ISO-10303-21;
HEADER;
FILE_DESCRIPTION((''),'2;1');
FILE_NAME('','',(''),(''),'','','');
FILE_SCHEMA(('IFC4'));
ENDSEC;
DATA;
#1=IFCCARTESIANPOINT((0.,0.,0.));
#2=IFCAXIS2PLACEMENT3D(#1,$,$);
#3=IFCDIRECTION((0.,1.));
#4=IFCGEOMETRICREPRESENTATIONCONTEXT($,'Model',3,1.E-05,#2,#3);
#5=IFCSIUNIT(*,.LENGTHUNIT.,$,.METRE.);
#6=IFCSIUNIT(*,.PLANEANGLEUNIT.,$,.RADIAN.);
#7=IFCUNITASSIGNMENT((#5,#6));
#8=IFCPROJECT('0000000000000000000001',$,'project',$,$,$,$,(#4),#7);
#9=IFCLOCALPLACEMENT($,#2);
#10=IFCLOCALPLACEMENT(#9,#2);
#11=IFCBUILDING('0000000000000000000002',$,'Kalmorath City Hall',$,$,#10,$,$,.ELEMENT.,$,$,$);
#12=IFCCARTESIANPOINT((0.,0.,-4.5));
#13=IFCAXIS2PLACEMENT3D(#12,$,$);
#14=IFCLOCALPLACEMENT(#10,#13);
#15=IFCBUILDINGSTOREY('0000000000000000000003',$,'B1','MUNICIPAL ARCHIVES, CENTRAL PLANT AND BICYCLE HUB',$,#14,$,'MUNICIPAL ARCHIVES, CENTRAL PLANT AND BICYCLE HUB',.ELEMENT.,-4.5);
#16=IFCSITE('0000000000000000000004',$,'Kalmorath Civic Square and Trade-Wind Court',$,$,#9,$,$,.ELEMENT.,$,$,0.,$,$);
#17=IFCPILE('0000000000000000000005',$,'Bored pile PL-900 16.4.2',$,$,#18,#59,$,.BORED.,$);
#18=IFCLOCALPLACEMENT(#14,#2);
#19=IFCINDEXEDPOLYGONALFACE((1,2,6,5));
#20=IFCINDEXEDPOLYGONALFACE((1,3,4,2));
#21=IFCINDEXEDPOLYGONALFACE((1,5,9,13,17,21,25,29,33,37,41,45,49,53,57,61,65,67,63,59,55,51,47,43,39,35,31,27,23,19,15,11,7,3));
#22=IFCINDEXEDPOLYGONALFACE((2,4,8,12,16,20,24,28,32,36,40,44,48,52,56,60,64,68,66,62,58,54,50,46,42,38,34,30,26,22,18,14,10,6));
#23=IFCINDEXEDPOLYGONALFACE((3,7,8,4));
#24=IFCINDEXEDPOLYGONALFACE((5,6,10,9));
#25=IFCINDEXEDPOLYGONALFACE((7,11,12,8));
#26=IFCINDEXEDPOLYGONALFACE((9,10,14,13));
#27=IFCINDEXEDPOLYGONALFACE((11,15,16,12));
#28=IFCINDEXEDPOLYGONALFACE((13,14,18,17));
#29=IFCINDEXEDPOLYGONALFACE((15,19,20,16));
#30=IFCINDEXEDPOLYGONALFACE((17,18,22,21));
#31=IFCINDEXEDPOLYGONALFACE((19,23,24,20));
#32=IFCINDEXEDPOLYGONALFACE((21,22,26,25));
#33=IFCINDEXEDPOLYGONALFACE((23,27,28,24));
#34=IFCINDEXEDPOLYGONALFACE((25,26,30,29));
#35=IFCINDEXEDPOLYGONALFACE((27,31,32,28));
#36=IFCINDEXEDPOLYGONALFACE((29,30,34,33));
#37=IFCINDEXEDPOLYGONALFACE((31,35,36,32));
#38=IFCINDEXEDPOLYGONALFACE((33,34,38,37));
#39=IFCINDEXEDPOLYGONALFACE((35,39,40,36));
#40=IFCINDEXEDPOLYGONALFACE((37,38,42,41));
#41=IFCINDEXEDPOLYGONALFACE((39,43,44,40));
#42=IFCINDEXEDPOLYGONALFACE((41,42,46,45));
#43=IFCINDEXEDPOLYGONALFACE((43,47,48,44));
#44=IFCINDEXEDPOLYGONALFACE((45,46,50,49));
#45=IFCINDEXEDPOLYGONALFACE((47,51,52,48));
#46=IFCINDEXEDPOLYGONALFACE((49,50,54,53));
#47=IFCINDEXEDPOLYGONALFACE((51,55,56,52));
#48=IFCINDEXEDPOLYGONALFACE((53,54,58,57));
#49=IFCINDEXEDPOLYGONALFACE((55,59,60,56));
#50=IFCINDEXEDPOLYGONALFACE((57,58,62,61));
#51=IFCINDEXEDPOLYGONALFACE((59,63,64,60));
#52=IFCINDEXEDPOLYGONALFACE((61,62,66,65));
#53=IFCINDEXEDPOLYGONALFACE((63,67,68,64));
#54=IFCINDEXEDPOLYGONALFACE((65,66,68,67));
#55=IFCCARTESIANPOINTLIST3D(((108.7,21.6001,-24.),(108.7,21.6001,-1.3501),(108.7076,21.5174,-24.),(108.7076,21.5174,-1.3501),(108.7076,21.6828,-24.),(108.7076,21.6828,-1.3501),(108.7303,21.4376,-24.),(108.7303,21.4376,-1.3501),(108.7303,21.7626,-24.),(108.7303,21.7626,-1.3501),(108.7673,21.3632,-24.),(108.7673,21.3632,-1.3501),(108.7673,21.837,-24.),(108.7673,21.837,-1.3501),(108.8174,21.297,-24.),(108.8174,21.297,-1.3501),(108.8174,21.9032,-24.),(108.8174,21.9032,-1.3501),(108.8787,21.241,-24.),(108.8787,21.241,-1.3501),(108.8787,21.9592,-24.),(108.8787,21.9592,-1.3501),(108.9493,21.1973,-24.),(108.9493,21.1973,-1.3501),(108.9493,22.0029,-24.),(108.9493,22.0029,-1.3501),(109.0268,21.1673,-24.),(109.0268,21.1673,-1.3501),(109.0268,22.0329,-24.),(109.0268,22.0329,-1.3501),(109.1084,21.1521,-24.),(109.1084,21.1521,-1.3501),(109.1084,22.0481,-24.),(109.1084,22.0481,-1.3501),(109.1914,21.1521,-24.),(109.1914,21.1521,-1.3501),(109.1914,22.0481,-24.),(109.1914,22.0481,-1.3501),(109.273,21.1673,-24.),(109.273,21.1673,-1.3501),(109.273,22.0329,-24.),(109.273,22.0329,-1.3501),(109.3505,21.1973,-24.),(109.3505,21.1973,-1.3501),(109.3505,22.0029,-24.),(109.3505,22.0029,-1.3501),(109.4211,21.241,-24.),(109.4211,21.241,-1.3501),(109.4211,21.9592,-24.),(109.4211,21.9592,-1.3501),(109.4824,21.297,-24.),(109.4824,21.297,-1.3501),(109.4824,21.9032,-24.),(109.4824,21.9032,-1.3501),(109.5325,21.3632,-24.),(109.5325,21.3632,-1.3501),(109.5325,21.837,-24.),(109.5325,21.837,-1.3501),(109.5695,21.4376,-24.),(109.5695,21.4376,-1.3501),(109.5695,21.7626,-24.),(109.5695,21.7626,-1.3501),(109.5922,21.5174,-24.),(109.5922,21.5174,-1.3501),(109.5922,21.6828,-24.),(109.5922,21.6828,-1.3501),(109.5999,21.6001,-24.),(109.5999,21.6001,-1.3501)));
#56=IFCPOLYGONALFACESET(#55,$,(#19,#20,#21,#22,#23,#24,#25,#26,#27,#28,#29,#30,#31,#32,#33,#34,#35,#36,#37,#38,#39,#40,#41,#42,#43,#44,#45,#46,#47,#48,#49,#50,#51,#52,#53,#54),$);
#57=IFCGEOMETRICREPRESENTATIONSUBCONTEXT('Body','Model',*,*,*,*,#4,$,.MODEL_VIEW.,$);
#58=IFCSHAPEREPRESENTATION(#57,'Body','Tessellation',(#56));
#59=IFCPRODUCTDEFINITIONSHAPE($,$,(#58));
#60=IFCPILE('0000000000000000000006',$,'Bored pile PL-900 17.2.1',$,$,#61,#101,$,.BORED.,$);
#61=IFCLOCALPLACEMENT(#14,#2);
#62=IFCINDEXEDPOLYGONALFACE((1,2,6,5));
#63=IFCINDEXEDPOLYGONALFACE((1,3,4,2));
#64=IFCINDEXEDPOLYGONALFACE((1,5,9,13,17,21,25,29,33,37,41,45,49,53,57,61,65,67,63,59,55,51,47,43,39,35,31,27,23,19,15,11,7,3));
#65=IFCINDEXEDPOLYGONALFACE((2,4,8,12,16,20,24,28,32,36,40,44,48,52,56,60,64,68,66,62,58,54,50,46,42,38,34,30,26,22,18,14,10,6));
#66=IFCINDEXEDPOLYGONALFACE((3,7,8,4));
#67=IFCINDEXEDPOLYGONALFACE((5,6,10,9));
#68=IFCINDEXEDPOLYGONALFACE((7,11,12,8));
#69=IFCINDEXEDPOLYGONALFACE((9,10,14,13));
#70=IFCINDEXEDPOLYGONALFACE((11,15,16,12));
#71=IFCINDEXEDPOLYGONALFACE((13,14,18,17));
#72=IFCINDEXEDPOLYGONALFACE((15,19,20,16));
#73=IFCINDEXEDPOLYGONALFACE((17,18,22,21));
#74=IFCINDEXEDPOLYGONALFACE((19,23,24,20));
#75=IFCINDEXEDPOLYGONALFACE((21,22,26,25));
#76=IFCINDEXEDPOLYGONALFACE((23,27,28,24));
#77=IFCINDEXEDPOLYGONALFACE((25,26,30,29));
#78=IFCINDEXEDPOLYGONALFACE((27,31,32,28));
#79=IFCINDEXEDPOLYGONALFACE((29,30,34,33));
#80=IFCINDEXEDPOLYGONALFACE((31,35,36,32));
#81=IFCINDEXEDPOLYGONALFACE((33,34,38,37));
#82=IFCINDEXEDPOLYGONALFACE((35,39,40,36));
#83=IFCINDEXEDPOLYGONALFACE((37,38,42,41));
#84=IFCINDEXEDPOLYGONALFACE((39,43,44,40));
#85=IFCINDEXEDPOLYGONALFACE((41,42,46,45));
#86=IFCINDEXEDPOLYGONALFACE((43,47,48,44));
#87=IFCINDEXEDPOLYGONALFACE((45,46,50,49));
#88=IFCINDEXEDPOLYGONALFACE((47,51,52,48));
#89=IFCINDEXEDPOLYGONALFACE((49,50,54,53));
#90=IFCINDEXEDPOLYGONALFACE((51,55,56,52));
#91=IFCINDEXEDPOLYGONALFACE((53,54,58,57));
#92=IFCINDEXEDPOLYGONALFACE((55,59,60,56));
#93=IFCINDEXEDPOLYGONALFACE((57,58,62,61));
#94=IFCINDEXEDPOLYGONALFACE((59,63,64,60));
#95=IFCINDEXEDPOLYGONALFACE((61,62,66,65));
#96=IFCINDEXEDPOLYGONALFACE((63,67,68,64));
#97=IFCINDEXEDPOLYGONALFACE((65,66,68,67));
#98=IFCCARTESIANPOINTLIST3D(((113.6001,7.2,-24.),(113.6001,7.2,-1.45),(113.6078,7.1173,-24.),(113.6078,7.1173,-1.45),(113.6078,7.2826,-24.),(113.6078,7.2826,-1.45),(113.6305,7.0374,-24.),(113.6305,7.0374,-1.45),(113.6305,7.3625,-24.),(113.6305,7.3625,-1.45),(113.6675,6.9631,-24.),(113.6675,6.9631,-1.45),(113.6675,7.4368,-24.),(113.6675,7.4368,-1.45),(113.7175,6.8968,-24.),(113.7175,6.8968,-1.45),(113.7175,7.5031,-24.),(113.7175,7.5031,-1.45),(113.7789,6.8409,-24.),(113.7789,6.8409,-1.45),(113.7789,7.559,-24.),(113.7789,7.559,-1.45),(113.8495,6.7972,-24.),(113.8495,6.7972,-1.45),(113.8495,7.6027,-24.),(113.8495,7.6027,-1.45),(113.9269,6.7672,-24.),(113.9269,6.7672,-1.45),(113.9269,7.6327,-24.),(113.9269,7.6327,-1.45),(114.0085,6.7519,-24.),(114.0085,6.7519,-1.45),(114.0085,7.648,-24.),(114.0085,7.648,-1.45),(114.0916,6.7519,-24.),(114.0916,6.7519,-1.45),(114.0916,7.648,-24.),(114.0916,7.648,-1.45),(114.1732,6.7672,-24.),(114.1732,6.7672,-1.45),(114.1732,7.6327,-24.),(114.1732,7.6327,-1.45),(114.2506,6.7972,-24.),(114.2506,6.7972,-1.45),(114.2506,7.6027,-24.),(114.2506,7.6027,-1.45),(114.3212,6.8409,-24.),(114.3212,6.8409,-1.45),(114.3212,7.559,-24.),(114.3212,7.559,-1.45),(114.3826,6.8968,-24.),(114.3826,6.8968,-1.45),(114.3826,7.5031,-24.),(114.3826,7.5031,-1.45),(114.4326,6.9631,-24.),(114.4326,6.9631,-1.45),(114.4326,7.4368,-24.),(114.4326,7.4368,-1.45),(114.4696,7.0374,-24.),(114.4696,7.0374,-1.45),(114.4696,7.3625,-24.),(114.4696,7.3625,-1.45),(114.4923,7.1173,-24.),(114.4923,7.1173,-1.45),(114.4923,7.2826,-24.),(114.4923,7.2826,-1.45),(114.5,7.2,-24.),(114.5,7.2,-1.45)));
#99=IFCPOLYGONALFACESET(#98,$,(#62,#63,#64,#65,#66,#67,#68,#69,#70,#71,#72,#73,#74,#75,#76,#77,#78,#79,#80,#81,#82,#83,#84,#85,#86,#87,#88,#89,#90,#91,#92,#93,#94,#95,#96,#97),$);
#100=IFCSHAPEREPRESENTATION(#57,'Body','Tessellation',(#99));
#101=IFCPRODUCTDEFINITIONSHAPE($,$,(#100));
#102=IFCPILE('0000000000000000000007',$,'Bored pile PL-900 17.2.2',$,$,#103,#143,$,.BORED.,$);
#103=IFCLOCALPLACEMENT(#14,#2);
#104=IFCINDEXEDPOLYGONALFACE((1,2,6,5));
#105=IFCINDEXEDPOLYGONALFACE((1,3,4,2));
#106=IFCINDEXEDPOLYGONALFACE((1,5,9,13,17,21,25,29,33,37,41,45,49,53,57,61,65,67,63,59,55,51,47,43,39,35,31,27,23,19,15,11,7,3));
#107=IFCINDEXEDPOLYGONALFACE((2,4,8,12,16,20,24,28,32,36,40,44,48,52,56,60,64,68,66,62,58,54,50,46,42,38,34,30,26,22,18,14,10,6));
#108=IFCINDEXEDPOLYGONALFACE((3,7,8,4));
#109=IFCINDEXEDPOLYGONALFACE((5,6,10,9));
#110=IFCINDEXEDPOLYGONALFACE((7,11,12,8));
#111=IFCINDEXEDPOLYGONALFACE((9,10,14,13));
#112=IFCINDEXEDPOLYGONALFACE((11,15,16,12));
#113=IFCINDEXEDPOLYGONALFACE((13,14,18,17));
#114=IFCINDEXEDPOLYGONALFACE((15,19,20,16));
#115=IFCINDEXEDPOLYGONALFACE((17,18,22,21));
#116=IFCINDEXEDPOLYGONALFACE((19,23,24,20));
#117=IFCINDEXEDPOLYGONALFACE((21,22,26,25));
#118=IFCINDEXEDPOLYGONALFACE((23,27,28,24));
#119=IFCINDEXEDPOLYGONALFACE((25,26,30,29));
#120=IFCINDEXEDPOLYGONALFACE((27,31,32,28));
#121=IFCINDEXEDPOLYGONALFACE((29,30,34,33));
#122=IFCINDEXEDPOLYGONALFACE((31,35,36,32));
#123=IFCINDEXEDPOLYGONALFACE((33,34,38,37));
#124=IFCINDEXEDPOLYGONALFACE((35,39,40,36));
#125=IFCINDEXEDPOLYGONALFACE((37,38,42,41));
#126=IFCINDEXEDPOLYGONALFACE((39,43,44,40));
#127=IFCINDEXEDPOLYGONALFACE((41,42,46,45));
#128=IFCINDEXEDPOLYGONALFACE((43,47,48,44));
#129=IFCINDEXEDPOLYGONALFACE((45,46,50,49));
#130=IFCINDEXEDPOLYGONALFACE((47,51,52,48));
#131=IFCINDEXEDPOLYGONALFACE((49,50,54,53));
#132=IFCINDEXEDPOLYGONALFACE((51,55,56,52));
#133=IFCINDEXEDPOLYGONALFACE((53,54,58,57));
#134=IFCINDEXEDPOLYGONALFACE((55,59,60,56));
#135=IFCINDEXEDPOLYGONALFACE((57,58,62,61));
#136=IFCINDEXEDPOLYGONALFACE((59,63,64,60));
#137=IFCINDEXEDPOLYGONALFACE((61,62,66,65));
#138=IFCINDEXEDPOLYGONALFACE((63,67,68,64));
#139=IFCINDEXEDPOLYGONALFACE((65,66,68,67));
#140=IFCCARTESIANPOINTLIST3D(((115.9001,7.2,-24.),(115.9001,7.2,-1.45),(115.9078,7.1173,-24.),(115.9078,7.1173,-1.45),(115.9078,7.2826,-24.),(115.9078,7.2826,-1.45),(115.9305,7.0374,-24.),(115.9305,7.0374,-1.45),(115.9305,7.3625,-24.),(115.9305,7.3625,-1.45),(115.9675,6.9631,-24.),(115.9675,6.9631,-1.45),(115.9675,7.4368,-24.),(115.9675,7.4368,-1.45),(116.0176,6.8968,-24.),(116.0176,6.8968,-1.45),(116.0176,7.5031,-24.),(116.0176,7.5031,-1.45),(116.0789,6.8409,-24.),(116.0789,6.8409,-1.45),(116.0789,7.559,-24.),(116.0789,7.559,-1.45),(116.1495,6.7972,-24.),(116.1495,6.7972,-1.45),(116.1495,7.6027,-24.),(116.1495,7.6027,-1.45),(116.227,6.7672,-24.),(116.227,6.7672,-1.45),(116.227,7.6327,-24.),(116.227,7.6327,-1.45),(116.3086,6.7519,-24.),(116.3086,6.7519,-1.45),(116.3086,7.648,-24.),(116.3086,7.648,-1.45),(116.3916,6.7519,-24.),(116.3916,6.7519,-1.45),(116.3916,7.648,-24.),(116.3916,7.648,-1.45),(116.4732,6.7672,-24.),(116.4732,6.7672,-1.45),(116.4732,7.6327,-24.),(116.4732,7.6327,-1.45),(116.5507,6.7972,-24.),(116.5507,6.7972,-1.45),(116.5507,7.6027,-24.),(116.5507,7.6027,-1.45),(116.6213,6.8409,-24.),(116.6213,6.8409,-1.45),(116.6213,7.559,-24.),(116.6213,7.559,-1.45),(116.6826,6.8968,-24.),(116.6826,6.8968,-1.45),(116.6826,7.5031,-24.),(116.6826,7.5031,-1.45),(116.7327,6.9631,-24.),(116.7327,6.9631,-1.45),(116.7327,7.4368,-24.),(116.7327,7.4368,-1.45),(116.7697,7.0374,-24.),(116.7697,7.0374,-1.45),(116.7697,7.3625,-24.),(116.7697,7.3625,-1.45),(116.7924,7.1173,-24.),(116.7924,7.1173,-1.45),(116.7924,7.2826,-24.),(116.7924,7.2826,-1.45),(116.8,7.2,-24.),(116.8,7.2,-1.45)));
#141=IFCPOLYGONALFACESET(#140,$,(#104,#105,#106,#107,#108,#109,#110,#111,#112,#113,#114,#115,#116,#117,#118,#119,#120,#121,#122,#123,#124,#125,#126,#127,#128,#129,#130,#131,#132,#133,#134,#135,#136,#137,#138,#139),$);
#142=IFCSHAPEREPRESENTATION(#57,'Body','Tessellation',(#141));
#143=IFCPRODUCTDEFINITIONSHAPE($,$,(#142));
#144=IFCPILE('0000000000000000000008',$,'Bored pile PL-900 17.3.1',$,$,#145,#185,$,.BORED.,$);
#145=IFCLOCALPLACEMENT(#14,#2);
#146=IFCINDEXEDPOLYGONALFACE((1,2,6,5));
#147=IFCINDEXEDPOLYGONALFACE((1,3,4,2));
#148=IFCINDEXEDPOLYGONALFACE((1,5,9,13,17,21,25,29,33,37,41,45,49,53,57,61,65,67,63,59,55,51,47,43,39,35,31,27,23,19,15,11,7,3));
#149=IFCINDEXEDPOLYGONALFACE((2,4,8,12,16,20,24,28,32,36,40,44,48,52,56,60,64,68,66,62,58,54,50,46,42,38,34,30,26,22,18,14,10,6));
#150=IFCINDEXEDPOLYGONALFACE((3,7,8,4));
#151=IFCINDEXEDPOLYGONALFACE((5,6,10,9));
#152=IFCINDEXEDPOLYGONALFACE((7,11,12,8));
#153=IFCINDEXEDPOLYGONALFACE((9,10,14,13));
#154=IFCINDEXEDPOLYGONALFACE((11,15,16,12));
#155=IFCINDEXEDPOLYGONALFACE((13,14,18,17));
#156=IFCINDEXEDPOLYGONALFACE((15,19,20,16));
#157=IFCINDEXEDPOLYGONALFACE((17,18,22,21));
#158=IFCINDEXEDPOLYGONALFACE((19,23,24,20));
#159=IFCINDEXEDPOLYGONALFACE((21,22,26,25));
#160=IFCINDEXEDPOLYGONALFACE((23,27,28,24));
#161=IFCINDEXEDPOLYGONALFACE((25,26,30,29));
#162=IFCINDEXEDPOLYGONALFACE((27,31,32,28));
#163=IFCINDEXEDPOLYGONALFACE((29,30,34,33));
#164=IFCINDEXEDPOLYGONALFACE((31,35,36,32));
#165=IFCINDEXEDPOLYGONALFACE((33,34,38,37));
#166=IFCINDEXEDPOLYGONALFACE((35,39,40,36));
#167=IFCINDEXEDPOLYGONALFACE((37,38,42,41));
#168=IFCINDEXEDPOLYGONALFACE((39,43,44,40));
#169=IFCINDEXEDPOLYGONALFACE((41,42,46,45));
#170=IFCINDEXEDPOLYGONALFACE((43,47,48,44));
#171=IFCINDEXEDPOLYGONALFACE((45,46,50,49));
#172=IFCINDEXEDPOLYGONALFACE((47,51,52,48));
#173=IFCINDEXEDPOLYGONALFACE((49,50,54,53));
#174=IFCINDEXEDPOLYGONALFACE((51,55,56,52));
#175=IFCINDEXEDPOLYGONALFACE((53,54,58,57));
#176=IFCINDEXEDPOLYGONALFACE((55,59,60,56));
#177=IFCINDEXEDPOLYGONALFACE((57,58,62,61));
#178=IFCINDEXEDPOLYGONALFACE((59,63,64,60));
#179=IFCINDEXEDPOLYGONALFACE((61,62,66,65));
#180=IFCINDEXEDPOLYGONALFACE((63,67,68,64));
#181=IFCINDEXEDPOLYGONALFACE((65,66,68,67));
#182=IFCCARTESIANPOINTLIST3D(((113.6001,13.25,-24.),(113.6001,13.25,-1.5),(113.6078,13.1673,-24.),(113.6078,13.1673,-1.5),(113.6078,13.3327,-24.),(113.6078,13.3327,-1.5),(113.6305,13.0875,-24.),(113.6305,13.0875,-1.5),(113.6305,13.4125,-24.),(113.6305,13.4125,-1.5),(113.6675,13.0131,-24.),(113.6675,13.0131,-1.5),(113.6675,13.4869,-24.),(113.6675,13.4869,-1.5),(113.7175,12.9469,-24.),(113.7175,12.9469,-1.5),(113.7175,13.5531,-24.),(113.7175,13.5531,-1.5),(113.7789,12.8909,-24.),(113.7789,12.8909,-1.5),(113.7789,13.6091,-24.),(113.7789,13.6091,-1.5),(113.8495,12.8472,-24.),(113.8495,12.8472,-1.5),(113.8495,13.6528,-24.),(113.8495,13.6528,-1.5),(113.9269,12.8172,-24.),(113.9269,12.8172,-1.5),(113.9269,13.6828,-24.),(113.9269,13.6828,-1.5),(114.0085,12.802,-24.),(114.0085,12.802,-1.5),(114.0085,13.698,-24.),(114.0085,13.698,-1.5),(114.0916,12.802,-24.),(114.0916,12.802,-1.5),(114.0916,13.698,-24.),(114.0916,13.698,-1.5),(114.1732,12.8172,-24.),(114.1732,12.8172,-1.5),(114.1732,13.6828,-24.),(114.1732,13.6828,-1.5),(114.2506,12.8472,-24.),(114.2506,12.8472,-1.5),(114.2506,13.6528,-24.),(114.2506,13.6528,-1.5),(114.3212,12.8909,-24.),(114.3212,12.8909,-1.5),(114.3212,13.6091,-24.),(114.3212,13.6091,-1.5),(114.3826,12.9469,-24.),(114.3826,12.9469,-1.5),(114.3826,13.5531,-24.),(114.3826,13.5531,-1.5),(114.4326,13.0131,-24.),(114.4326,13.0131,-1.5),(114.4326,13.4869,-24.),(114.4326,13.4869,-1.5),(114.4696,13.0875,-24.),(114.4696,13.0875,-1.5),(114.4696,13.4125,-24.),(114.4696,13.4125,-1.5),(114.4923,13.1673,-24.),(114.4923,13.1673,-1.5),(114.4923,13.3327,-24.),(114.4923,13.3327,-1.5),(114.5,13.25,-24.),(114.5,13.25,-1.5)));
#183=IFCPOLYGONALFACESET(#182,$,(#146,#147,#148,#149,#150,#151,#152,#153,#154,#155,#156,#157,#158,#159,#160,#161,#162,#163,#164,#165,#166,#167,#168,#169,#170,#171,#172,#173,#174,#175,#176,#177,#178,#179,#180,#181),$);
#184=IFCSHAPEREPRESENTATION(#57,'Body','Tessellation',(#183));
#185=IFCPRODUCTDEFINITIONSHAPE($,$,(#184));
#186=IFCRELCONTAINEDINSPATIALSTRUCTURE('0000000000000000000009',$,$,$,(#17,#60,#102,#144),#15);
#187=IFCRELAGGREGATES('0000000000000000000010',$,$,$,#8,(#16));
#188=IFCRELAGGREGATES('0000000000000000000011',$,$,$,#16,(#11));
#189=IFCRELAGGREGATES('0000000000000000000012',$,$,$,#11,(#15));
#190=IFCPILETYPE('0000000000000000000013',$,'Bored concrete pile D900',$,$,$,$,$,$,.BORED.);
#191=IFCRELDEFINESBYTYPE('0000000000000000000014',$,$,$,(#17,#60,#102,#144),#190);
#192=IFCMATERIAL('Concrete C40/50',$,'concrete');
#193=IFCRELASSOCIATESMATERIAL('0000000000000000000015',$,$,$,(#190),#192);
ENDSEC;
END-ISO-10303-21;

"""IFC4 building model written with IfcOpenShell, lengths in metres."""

from ifc_helpers import new_model, si_unit, direction, frame, origin, origin_2d, place, context, subcontext, project, spatial, circle, extrude, material, material_profile, profile_set, type_object, element, save


model = new_model("IFC4")

# Units and contexts
model_context = context("Model", 3, precision=1e-05, world=origin(), true_north=direction((0.0, 1.0)))
body_context = subcontext(model_context, "Body", "Model", "MODEL_VIEW")
ifc_project = project(units=[si_unit("LENGTHUNIT", "METRE"), si_unit("PLANEANGLEUNIT", "RADIAN")], contexts=[model_context])

# Site, building, storey
site_placement = place(None, origin())
site = spatial("IfcSite", under=ifc_project, at=site_placement, Name="Kalmorath Civic Square and Trade-Wind Court", CompositionType="ELEMENT", RefElevation=0.0)
building_placement = place(site_placement, origin())
building = spatial("IfcBuilding", under=site, at=building_placement, Name="Kalmorath City Hall", CompositionType="ELEMENT")
storey_placement = place(building_placement, frame((0.0, 0.0, -4.5)))
storey = spatial("IfcBuildingStorey", under=building, at=storey_placement, Name="B1", Description="MUNICIPAL ARCHIVES, CENTRAL PLANT AND BICYCLE HUB", LongName="MUNICIPAL ARCHIVES, CENTRAL PLANT AND BICYCLE HUB", CompositionType="ELEMENT", Elevation=-4.5)

# Piles
ifc_material_1 = material(Name="Concrete C40/50", Category="concrete")
ifc_material_profile_1 = material_profile(ifc_material_1, circle(Radius=0.45, at=origin_2d()), Name="PILE-D900")
ifc_profile_set_1 = profile_set([ifc_material_profile_1], Name="Concrete C40/50")
pile_type_1 = type_object("IfcPileType", Name="Bored concrete pile D900", PredefinedType="BORED", material=ifc_profile_set_1)
for number, where, z_axis, x_axis, name in (
    (1, (109.1499, 21.6001, -1.3501), (0.0, 0.0, -1.0), (1.0, 0.0, 0.0), "Bored pile PL-900 16.4.2"),
):
    element("IfcPile", number, at=place(storey_placement, frame(where, z_axis=z_axis, x_axis=x_axis)), inside=storey, type_object=pile_type_1, Name=name, PredefinedType="BORED", context=body_context, shape_type="SweptSolid", body=[
        extrude(circle(Radius=0.45, at=origin_2d()), origin(), (0.0, 0.0, 1.0), 22.6499),
    ])
for number, where, z_axis, x_axis, name in (
    (2, (114.05, 7.2, -1.45), (0.0, 0.0, -1.0), (1.0, 0.0, 0.0), "Bored pile PL-900 17.2.1"),
    (3, (116.3501, 7.2, -1.45), (0.0, 0.0, -1.0), (1.0, 0.0, 0.0), "Bored pile PL-900 17.2.2"),
):
    element("IfcPile", number, at=place(storey_placement, frame(where, z_axis=z_axis, x_axis=x_axis)), inside=storey, type_object=pile_type_1, Name=name, PredefinedType="BORED", context=body_context, shape_type="SweptSolid", body=[
        extrude(circle(Radius=0.45, at=origin_2d()), origin(), (0.0, 0.0, 1.0), 22.55),
    ])
for number, where, z_axis, x_axis, name in (
    (4, (114.05, 13.25, -1.5), (0.0, 0.0, -1.0), (1.0, 0.0, 0.0), "Bored pile PL-900 17.3.1"),
):
    element("IfcPile", number, at=place(storey_placement, frame(where, z_axis=z_axis, x_axis=x_axis)), inside=storey, type_object=pile_type_1, Name=name, PredefinedType="BORED", context=body_context, shape_type="SweptSolid", body=[
        extrude(circle(Radius=0.45, at=origin_2d()), origin(), (0.0, 0.0, 1.0), 22.5),
    ])

save(model, "model.ifc")
